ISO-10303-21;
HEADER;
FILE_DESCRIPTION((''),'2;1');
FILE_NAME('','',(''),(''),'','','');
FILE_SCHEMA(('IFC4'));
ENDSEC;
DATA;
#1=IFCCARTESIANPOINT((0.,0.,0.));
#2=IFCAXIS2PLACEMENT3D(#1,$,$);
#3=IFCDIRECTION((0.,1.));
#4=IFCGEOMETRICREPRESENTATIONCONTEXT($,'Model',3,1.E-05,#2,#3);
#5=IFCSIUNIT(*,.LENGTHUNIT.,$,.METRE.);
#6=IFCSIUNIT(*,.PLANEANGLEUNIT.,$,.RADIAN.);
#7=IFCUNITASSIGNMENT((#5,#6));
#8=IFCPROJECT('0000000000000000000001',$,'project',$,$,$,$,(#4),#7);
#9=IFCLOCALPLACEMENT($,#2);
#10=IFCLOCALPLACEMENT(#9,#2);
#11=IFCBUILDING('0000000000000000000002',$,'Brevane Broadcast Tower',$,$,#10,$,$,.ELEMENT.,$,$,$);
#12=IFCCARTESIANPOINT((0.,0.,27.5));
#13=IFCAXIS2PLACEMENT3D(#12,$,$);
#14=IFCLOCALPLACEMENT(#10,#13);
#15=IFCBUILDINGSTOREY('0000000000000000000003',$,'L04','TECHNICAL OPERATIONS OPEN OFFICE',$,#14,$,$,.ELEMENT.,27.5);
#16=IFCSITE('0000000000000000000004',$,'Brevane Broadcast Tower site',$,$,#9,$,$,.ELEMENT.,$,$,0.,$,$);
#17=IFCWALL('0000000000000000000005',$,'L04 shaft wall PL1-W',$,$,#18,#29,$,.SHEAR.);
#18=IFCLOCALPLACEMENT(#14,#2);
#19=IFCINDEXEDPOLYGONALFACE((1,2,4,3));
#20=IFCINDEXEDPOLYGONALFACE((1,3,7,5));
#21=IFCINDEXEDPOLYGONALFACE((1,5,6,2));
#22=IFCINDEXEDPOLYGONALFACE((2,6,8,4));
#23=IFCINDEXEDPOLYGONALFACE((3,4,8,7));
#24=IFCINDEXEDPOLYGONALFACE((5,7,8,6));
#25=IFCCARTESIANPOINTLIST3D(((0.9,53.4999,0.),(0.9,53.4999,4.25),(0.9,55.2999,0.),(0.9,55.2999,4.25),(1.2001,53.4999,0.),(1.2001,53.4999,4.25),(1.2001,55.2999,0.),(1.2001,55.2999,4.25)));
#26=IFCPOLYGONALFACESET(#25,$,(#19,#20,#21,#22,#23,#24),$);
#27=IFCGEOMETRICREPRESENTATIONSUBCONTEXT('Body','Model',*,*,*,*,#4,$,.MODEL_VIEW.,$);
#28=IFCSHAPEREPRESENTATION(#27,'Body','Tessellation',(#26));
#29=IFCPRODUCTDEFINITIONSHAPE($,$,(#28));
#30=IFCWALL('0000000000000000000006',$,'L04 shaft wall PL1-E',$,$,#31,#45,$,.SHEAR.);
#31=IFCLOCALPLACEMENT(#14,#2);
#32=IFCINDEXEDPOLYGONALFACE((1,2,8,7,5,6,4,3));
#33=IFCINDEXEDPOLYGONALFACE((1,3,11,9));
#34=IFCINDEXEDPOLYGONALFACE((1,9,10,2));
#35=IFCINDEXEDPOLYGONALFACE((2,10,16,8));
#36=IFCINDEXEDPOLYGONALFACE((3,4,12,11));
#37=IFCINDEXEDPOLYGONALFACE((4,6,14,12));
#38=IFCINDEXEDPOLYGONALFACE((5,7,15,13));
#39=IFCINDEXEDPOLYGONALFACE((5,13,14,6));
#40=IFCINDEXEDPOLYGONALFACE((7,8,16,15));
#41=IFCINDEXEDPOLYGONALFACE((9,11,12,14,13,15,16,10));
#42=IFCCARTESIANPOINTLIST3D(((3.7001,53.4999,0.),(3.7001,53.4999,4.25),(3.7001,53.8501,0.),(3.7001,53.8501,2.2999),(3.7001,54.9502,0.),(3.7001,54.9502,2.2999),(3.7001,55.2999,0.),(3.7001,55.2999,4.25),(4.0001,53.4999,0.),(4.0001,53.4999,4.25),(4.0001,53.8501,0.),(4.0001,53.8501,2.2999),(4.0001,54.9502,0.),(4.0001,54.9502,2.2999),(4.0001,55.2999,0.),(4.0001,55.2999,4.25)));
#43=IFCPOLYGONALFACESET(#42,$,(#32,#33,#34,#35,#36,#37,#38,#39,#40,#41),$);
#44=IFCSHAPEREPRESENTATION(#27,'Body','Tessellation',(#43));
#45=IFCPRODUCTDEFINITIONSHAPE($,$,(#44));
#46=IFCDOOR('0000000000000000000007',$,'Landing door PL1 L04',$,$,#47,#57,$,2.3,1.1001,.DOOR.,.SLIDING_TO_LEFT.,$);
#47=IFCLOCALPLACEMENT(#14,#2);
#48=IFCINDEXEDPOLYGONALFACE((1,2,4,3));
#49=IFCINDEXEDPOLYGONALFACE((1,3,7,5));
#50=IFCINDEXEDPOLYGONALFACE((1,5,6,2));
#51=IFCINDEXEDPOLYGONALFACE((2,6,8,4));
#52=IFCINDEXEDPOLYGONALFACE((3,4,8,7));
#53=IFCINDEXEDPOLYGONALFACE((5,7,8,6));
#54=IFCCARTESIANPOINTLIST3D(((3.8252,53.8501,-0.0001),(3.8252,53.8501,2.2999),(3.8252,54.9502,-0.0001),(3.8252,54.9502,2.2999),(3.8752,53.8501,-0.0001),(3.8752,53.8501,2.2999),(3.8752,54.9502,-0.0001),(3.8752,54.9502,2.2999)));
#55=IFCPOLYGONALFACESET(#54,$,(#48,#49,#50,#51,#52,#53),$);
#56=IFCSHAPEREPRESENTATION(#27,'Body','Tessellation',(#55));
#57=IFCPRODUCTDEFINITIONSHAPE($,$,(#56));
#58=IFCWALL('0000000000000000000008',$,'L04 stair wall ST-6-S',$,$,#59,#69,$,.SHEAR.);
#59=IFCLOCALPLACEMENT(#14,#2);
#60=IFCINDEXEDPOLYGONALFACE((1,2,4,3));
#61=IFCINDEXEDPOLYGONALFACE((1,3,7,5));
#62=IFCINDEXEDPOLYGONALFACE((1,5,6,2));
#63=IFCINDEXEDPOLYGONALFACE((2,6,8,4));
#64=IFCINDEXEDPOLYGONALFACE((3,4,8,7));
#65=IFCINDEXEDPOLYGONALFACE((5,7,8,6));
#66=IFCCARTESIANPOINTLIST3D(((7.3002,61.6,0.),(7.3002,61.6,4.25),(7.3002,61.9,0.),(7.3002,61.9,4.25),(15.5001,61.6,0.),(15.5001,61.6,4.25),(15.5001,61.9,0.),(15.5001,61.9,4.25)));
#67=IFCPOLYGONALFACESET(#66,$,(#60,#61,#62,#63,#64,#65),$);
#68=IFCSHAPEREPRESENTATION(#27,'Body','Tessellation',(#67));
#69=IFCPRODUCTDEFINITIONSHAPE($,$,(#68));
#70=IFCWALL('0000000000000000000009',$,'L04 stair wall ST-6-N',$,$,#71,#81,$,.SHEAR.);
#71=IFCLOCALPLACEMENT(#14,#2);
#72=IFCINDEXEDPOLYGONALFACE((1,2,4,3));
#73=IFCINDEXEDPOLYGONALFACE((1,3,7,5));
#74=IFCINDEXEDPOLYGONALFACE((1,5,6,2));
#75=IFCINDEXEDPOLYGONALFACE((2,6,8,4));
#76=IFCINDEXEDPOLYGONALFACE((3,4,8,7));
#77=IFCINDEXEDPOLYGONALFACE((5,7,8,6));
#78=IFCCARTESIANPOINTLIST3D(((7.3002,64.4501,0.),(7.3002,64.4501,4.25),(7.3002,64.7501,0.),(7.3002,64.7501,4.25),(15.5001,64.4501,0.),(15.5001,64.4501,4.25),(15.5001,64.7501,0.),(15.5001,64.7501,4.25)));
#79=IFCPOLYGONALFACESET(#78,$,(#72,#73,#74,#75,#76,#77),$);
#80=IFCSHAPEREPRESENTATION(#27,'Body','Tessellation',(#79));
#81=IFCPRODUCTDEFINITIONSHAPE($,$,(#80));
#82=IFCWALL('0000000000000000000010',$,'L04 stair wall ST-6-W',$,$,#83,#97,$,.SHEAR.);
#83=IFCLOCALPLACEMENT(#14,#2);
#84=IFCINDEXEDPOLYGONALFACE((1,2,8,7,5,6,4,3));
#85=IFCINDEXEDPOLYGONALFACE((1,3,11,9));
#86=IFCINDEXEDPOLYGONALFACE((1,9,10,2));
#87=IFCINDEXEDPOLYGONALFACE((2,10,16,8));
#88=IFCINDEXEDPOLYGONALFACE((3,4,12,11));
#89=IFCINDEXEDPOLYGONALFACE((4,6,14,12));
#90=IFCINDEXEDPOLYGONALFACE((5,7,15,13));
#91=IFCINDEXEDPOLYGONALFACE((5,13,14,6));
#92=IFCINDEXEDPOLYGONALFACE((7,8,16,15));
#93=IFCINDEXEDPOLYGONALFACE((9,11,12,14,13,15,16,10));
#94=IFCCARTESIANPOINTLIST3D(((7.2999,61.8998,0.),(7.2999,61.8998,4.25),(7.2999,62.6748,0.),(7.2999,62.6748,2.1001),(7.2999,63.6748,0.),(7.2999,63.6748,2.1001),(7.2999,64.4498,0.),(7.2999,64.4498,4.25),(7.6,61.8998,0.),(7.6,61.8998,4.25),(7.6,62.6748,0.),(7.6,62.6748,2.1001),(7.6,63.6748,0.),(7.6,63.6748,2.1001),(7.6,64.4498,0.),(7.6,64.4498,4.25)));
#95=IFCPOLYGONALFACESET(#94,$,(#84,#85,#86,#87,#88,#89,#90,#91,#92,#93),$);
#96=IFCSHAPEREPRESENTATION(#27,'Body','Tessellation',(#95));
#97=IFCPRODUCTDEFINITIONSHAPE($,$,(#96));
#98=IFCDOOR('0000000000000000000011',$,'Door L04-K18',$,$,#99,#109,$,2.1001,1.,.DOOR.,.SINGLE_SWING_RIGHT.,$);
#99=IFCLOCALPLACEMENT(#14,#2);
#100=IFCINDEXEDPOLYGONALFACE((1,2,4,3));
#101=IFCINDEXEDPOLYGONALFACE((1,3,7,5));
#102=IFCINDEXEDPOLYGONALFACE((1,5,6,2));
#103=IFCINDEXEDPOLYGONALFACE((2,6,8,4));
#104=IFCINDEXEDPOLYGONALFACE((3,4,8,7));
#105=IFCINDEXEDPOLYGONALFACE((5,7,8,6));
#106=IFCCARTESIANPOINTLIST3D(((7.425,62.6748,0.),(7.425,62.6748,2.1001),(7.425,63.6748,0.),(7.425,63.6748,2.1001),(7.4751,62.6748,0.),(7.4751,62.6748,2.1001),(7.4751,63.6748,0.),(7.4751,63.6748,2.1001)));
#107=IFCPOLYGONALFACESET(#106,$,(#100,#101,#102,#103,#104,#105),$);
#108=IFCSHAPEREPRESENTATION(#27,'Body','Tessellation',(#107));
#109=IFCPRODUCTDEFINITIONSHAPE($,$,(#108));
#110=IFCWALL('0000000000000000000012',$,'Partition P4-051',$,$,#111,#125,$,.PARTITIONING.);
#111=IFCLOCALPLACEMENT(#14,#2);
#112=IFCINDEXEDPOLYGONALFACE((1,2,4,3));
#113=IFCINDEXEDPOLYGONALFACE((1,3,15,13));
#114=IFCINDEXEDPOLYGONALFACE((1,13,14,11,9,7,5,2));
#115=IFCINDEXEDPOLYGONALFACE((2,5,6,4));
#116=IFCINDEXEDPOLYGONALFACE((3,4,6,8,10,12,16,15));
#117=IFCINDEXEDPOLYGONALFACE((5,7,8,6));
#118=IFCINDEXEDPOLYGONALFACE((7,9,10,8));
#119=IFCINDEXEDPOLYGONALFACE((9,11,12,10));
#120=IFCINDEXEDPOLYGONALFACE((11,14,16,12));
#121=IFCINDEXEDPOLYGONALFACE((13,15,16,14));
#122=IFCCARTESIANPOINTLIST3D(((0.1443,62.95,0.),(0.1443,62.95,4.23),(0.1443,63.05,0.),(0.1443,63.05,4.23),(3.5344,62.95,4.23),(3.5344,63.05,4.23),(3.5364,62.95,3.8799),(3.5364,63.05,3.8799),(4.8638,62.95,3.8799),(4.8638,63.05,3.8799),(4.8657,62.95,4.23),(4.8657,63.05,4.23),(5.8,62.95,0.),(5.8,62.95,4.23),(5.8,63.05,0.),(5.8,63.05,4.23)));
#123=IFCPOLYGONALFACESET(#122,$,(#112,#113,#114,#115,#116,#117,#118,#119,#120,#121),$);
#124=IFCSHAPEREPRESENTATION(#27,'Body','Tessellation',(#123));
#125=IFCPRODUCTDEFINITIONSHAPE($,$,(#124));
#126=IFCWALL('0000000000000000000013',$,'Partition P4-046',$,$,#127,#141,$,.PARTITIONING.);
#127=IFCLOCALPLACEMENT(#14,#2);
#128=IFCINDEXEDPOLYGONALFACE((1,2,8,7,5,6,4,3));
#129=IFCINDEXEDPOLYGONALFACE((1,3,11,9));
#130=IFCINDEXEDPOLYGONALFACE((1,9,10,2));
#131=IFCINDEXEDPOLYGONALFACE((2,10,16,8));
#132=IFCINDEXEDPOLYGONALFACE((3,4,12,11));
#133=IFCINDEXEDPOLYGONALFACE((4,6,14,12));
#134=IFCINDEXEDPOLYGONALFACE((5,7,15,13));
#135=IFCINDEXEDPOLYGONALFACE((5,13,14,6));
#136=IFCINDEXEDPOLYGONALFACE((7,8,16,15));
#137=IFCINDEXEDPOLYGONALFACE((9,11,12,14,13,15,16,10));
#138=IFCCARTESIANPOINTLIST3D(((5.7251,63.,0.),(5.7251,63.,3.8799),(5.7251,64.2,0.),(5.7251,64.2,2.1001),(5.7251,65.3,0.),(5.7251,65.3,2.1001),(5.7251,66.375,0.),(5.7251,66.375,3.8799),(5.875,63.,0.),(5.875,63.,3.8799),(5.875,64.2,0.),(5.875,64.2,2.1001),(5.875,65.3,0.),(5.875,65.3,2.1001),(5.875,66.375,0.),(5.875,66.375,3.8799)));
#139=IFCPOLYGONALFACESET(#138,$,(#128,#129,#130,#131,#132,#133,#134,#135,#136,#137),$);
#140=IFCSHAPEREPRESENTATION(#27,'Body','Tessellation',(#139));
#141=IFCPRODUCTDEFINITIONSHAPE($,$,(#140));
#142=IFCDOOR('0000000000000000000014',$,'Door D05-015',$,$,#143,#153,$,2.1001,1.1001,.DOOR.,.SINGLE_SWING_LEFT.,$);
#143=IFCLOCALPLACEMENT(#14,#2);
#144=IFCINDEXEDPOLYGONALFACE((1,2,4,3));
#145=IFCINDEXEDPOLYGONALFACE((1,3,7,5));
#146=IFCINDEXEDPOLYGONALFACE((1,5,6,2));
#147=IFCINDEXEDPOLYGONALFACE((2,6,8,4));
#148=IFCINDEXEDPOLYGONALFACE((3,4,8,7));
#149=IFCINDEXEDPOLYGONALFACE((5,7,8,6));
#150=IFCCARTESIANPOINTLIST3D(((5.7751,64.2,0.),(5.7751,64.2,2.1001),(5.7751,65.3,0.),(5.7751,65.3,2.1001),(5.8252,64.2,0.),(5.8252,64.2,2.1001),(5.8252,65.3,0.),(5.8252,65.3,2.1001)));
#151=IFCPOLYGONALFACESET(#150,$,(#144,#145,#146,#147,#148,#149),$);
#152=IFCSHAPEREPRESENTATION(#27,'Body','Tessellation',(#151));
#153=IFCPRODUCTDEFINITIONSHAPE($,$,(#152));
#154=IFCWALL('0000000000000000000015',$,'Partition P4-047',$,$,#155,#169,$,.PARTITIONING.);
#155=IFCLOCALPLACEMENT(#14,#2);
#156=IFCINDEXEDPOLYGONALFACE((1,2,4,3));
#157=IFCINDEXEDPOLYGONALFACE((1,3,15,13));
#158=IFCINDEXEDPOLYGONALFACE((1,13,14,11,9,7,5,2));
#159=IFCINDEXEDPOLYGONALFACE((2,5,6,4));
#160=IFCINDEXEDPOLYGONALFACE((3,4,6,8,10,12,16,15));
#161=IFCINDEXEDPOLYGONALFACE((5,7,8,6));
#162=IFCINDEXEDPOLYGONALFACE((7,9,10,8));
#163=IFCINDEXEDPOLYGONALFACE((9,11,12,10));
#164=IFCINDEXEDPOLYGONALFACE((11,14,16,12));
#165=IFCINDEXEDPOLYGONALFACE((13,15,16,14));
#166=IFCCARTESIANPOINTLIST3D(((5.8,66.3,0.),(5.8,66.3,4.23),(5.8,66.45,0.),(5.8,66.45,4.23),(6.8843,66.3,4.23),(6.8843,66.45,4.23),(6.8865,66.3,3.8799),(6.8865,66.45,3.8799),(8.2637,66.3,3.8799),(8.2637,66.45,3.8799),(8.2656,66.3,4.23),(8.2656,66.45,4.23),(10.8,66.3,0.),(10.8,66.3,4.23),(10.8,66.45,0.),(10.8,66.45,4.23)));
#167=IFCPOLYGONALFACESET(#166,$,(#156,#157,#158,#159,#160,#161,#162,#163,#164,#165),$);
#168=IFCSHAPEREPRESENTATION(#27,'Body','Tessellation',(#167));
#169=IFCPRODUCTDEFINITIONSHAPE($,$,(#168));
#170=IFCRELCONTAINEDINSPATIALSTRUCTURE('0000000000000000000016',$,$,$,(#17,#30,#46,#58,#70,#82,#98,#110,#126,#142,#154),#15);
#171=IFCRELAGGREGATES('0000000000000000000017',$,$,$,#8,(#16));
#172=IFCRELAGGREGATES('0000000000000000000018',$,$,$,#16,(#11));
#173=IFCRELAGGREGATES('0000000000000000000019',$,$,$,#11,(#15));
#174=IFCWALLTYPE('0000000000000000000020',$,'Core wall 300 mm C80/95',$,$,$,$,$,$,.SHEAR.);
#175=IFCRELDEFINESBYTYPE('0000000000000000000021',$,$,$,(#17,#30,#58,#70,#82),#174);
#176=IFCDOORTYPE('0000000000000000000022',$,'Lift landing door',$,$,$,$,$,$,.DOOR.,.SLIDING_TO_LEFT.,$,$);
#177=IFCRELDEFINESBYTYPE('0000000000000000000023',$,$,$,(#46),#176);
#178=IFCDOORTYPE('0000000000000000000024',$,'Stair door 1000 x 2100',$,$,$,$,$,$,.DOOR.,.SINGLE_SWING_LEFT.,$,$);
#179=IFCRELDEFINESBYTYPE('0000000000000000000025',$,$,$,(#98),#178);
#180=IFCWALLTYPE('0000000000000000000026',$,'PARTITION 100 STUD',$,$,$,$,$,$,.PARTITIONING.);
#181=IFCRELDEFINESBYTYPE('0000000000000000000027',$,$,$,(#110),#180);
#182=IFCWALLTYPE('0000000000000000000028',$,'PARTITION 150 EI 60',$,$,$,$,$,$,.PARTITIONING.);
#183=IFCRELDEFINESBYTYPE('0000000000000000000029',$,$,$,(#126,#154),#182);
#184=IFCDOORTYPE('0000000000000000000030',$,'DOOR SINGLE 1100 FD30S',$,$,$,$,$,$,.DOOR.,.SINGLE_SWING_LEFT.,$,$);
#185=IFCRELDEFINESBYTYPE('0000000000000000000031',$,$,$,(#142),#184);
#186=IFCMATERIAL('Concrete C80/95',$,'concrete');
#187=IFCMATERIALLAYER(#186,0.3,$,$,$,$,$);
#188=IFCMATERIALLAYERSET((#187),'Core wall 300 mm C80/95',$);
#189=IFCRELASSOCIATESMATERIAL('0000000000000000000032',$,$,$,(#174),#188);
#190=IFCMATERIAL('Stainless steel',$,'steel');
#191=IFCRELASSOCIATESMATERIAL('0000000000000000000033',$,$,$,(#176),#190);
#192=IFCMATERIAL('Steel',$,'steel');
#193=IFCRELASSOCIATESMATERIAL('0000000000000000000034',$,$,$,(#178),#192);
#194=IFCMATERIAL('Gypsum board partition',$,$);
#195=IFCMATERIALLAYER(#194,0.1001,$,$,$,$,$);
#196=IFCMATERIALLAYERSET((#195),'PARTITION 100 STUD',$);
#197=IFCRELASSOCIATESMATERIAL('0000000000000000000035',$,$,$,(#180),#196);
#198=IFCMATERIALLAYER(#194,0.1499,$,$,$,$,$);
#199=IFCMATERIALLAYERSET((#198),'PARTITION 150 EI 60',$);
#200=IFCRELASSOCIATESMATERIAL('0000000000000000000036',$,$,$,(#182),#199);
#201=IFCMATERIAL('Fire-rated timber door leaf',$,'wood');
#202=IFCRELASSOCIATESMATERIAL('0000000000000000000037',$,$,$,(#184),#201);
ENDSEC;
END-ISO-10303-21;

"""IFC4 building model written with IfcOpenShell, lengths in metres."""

from ifc_helpers import new_model, si_unit, direction, frame, frame_2d, origin, place, context, subcontext, project, spatial, polyline, rectangle, outline, extrude, material, layer, layer_set, type_object, element, fill, save


model = new_model("IFC4")

# Units and contexts
model_context = context("Model", 3, precision=1e-05, world=origin(), true_north=direction((0.0, 1.0)))
body_context = subcontext(model_context, "Body", "Model", "MODEL_VIEW")
ifc_project = project(units=[si_unit("LENGTHUNIT", "METRE"), si_unit("PLANEANGLEUNIT", "RADIAN")], contexts=[model_context])

# Site, building, storey
site_placement = place(None, origin())
site = spatial("IfcSite", under=ifc_project, at=site_placement, Name="Brevane Broadcast Tower site", CompositionType="ELEMENT", RefElevation=0.0)
building_placement = place(site_placement, origin())
building = spatial("IfcBuilding", under=site, at=building_placement, Name="Brevane Broadcast Tower", CompositionType="ELEMENT")
storey_placement = place(building_placement, frame((0.0, 0.0, 27.5)))
storey = spatial("IfcBuildingStorey", under=building, at=storey_placement, Name="L04", Description="TECHNICAL OPERATIONS OPEN OFFICE", CompositionType="ELEMENT", Elevation=27.5)

# Shared definitions
ifc_material_1 = material(Name="Concrete C80/95", Category="concrete")

# Wall
ifc_layer_1 = layer(ifc_material_1, 0.3)
ifc_layer_set_1 = layer_set([ifc_layer_1], Name="Core wall 300 mm C80/95")
wall_type_1 = type_object("IfcWallType", Name="Core wall 300 mm C80/95", PredefinedType="SHEAR", material=ifc_layer_set_1)
wall_1_placement = place(storey_placement, frame((1.05, 53.5, 0.0), z_axis=(0.0, 0.0, 1.0), x_axis=(0.0, 1.0, 0.0)))
element("IfcWall", 1, at=wall_1_placement, inside=storey, type_object=wall_type_1, Name="L04 shaft wall PL1-W", PredefinedType="SHEAR", context=body_context, shape_type="SweptSolid", body=[
    extrude(rectangle(XDim=1.8, YDim=0.3, at=frame_2d((0.8999, 0.0))), origin(), (0.0, 0.0, 1.0), 4.25),
])

# Wall, opening, door
wall_2_placement = place(storey_placement, frame((3.8501, 53.5, 0.0), z_axis=(0.0, 0.0, 1.0), x_axis=(0.0, 1.0, 0.0)))
wall_2 = element("IfcWall", 2, at=wall_2_placement, inside=storey, type_object=wall_type_1, Name="L04 shaft wall PL1-E", PredefinedType="SHEAR", context=body_context, shape_type="SweptSolid", body=[
    extrude(rectangle(XDim=1.8, YDim=0.3, at=frame_2d((0.8999, 0.0))), origin(), (0.0, 0.0, 1.0), 4.25),
])
opening_1_placement = place(wall_2_placement, frame((0.3501, 0.0, 0.0)))
opening_1 = element("IfcOpeningElement", 3, at=opening_1_placement, cuts=wall_2, PredefinedType="OPENING", context=body_context, shape_type="SweptSolid", body=[
    extrude(rectangle(XDim=1.1001, YDim=2.3, at=frame_2d((0.55, 1.1499))), frame((0.0, 0.1599, 0.0), z_axis=(0.0, -1.0, 0.0), x_axis=(1.0, 0.0, 0.0)), (0.0, 0.0, 1.0), 0.3201),
])
ifc_material_2 = material(Name="Stainless steel", Category="steel")
door_type_1 = type_object("IfcDoorType", Name="Lift landing door", OperationType="SLIDING_TO_LEFT", PredefinedType="DOOR", material=ifc_material_2)
door_1_placement = place(opening_1_placement, origin())
door_1 = element("IfcDoor", 4, at=door_1_placement, inside=storey, type_object=door_type_1, Name="Landing door PL1 L04", OperationType="SLIDING_TO_LEFT", OverallHeight=2.3, OverallWidth=1.1001, PredefinedType="DOOR", context=body_context, shape_type="SweptSolid", body=[
    extrude(rectangle(XDim=1.1001, YDim=2.3, at=frame_2d((0.55, 1.1499))), frame((0.0, 0.0249, 0.0), z_axis=(0.0, -1.0, 0.0), x_axis=(1.0, 0.0, 0.0)), (0.0, 0.0, 1.0), 0.05),
])
fill(opening_1, door_1)

# Walls
for number, where, z_axis, x_axis, name in (
    (5, (7.3, 61.75, 0.0), (0.0, 0.0, 1.0), (1.0, 0.0, 0.0), "L04 stair wall ST-6-S"),
    (6, (7.3, 64.6001, 0.0), (0.0, 0.0, 1.0), (1.0, 0.0, 0.0), "L04 stair wall ST-6-N"),
):
    element("IfcWall", number, at=place(storey_placement, frame(where, z_axis=z_axis, x_axis=x_axis)), inside=storey, type_object=wall_type_1, Name=name, PredefinedType="SHEAR", context=body_context, shape_type="SweptSolid", body=[
        extrude(rectangle(XDim=8.2, YDim=0.3, at=frame_2d((4.1001, 0.0))), origin(), (0.0, 0.0, 1.0), 4.25),
    ])

# Wall, opening, door
wall_3_placement = place(storey_placement, frame((7.45, 61.8999, 0.0), z_axis=(0.0, 0.0, 1.0), x_axis=(0.0, 1.0, 0.0)))
wall_3 = element("IfcWall", 7, at=wall_3_placement, inside=storey, type_object=wall_type_1, Name="L04 stair wall ST-6-W", PredefinedType="SHEAR", context=body_context, shape_type="SweptSolid", body=[
    extrude(rectangle(XDim=2.55, YDim=0.3, at=frame_2d((1.2749, 0.0))), origin(), (0.0, 0.0, 1.0), 4.25),
])
opening_2_placement = place(wall_3_placement, frame((0.7749, 0.0, 0.0)))
opening_2 = element("IfcOpeningElement", 8, at=opening_2_placement, cuts=wall_3, PredefinedType="OPENING", context=body_context, shape_type="SweptSolid", body=[
    extrude(rectangle(XDim=1.0, YDim=2.1001, at=frame_2d((0.5, 1.05))), frame((0.0, 0.1599, 0.0), z_axis=(0.0, -1.0, 0.0), x_axis=(1.0, 0.0, 0.0)), (0.0, 0.0, 1.0), 0.3201),
])
ifc_material_3 = material(Name="Steel", Category="steel")
door_type_2 = type_object("IfcDoorType", Name="Stair door 1000 x 2100", OperationType="SINGLE_SWING_LEFT", PredefinedType="DOOR", material=ifc_material_3)
door_2_placement = place(opening_2_placement, origin())
door_2 = element("IfcDoor", 9, at=door_2_placement, inside=storey, type_object=door_type_2, Name="Door L04-K18", OperationType="SINGLE_SWING_RIGHT", OverallHeight=2.1001, OverallWidth=1.0, PredefinedType="DOOR", context=body_context, shape_type="SweptSolid", body=[
    extrude(rectangle(XDim=1.0, YDim=2.1001, at=frame_2d((0.5, 1.05))), frame((0.0, 0.0249, 0.0), z_axis=(0.0, -1.0, 0.0), x_axis=(1.0, 0.0, 0.0)), (0.0, 0.0, 1.0), 0.05),
])
fill(opening_2, door_2)

# Wall
ifc_material_4 = material(Name="Gypsum board partition")
ifc_layer_2 = layer(ifc_material_4, 0.1001)
ifc_layer_set_2 = layer_set([ifc_layer_2], Name="PARTITION 100 STUD")
wall_type_2 = type_object("IfcWallType", Name="PARTITION 100 STUD", PredefinedType="PARTITIONING", material=ifc_layer_set_2)
wall_4_placement = place(storey_placement, frame((0.1443, 63.0, 0.0), z_axis=(0.0, 0.0, 1.0), x_axis=(1.0, 0.0, 0.0)))
element("IfcWall", 10, at=wall_4_placement, inside=storey, type_object=wall_type_2, Name="Partition P4-051", PredefinedType="PARTITIONING", context=body_context, shape_type="SweptSolid", body=[
    extrude(outline(polyline([(0.0, 0.0), (5.6558, 0.0), (5.6558, 4.23), (4.7214, 4.23), (4.7195, 3.8799), (3.3921, 3.8799), (3.3901, 4.23), (0.0, 4.23), (0.0, 0.0)])), frame((0.0, 0.05, 0.0), z_axis=(0.0, -1.0, 0.0), x_axis=(1.0, 0.0, 0.0)), (0.0, 0.0, 1.0), 0.1001),
])

# Wall, opening, door
ifc_layer_3 = layer(ifc_material_4, 0.1499)
ifc_layer_set_3 = layer_set([ifc_layer_3], Name="PARTITION 150 EI 60")
wall_type_3 = type_object("IfcWallType", Name="PARTITION 150 EI 60", PredefinedType="PARTITIONING", material=ifc_layer_set_3)
ifc_material_5 = material(Name="Fire-rated timber door leaf", Category="wood")
wall_5_placement = place(storey_placement, frame((5.8, 63.0, 0.0), z_axis=(0.0, 0.0, 1.0), x_axis=(0.0, 1.0, 0.0)))
wall_5 = element("IfcWall", 11, at=wall_5_placement, inside=storey, type_object=wall_type_3, Name="Partition P4-046", PredefinedType="PARTITIONING", context=body_context, shape_type="SweptSolid", body=[
    extrude(rectangle(XDim=3.375, YDim=0.1499, at=frame_2d((1.6875, 0.0))), origin(), (0.0, 0.0, 1.0), 3.8799),
])
opening_3_placement = place(wall_5_placement, frame((1.2, 0.0, 0.0)))
opening_3 = element("IfcOpeningElement", 12, at=opening_3_placement, cuts=wall_5, PredefinedType="OPENING", context=body_context, shape_type="SweptSolid", body=[
    extrude(rectangle(XDim=1.1001, YDim=2.1001, at=frame_2d((0.55, 1.05))), frame((0.0, 0.085, 0.0), z_axis=(0.0, -1.0, 0.0), x_axis=(1.0, 0.0, 0.0)), (0.0, 0.0, 1.0), 0.1699),
])
door_type_3 = type_object("IfcDoorType", Name="DOOR SINGLE 1100 FD30S", OperationType="SINGLE_SWING_LEFT", PredefinedType="DOOR", material=ifc_material_5)
door_3_placement = place(opening_3_placement, origin())
door_3 = element("IfcDoor", 13, at=door_3_placement, inside=storey, type_object=door_type_3, Name="Door D05-015", OperationType="SINGLE_SWING_LEFT", OverallHeight=2.1001, OverallWidth=1.1001, PredefinedType="DOOR", context=body_context, shape_type="SweptSolid", body=[
    extrude(rectangle(XDim=1.1001, YDim=2.1001, at=frame_2d((0.55, 1.05))), frame((0.0, 0.0249, 0.0), z_axis=(0.0, -1.0, 0.0), x_axis=(1.0, 0.0, 0.0)), (0.0, 0.0, 1.0), 0.05),
])
fill(opening_3, door_3)

# Wall
wall_6_placement = place(storey_placement, frame((5.8, 66.375, 0.0), z_axis=(0.0, 0.0, 1.0), x_axis=(1.0, 0.0, 0.0)))
element("IfcWall", 14, at=wall_6_placement, inside=storey, type_object=wall_type_3, Name="Partition P4-047", PredefinedType="PARTITIONING", context=body_context, shape_type="SweptSolid", body=[
    extrude(outline(polyline([(0.0, 0.0), (5.0, 0.0), (5.0, 4.23), (2.4656, 4.23), (2.4636, 3.8799), (1.0864, 3.8799), (1.0842, 4.23), (0.0, 4.23), (0.0, 0.0)])), frame((0.0, 0.075, 0.0), z_axis=(0.0, -1.0, 0.0), x_axis=(1.0, 0.0, 0.0)), (0.0, 0.0, 1.0), 0.1499),
])

save(model, "model.ifc")
